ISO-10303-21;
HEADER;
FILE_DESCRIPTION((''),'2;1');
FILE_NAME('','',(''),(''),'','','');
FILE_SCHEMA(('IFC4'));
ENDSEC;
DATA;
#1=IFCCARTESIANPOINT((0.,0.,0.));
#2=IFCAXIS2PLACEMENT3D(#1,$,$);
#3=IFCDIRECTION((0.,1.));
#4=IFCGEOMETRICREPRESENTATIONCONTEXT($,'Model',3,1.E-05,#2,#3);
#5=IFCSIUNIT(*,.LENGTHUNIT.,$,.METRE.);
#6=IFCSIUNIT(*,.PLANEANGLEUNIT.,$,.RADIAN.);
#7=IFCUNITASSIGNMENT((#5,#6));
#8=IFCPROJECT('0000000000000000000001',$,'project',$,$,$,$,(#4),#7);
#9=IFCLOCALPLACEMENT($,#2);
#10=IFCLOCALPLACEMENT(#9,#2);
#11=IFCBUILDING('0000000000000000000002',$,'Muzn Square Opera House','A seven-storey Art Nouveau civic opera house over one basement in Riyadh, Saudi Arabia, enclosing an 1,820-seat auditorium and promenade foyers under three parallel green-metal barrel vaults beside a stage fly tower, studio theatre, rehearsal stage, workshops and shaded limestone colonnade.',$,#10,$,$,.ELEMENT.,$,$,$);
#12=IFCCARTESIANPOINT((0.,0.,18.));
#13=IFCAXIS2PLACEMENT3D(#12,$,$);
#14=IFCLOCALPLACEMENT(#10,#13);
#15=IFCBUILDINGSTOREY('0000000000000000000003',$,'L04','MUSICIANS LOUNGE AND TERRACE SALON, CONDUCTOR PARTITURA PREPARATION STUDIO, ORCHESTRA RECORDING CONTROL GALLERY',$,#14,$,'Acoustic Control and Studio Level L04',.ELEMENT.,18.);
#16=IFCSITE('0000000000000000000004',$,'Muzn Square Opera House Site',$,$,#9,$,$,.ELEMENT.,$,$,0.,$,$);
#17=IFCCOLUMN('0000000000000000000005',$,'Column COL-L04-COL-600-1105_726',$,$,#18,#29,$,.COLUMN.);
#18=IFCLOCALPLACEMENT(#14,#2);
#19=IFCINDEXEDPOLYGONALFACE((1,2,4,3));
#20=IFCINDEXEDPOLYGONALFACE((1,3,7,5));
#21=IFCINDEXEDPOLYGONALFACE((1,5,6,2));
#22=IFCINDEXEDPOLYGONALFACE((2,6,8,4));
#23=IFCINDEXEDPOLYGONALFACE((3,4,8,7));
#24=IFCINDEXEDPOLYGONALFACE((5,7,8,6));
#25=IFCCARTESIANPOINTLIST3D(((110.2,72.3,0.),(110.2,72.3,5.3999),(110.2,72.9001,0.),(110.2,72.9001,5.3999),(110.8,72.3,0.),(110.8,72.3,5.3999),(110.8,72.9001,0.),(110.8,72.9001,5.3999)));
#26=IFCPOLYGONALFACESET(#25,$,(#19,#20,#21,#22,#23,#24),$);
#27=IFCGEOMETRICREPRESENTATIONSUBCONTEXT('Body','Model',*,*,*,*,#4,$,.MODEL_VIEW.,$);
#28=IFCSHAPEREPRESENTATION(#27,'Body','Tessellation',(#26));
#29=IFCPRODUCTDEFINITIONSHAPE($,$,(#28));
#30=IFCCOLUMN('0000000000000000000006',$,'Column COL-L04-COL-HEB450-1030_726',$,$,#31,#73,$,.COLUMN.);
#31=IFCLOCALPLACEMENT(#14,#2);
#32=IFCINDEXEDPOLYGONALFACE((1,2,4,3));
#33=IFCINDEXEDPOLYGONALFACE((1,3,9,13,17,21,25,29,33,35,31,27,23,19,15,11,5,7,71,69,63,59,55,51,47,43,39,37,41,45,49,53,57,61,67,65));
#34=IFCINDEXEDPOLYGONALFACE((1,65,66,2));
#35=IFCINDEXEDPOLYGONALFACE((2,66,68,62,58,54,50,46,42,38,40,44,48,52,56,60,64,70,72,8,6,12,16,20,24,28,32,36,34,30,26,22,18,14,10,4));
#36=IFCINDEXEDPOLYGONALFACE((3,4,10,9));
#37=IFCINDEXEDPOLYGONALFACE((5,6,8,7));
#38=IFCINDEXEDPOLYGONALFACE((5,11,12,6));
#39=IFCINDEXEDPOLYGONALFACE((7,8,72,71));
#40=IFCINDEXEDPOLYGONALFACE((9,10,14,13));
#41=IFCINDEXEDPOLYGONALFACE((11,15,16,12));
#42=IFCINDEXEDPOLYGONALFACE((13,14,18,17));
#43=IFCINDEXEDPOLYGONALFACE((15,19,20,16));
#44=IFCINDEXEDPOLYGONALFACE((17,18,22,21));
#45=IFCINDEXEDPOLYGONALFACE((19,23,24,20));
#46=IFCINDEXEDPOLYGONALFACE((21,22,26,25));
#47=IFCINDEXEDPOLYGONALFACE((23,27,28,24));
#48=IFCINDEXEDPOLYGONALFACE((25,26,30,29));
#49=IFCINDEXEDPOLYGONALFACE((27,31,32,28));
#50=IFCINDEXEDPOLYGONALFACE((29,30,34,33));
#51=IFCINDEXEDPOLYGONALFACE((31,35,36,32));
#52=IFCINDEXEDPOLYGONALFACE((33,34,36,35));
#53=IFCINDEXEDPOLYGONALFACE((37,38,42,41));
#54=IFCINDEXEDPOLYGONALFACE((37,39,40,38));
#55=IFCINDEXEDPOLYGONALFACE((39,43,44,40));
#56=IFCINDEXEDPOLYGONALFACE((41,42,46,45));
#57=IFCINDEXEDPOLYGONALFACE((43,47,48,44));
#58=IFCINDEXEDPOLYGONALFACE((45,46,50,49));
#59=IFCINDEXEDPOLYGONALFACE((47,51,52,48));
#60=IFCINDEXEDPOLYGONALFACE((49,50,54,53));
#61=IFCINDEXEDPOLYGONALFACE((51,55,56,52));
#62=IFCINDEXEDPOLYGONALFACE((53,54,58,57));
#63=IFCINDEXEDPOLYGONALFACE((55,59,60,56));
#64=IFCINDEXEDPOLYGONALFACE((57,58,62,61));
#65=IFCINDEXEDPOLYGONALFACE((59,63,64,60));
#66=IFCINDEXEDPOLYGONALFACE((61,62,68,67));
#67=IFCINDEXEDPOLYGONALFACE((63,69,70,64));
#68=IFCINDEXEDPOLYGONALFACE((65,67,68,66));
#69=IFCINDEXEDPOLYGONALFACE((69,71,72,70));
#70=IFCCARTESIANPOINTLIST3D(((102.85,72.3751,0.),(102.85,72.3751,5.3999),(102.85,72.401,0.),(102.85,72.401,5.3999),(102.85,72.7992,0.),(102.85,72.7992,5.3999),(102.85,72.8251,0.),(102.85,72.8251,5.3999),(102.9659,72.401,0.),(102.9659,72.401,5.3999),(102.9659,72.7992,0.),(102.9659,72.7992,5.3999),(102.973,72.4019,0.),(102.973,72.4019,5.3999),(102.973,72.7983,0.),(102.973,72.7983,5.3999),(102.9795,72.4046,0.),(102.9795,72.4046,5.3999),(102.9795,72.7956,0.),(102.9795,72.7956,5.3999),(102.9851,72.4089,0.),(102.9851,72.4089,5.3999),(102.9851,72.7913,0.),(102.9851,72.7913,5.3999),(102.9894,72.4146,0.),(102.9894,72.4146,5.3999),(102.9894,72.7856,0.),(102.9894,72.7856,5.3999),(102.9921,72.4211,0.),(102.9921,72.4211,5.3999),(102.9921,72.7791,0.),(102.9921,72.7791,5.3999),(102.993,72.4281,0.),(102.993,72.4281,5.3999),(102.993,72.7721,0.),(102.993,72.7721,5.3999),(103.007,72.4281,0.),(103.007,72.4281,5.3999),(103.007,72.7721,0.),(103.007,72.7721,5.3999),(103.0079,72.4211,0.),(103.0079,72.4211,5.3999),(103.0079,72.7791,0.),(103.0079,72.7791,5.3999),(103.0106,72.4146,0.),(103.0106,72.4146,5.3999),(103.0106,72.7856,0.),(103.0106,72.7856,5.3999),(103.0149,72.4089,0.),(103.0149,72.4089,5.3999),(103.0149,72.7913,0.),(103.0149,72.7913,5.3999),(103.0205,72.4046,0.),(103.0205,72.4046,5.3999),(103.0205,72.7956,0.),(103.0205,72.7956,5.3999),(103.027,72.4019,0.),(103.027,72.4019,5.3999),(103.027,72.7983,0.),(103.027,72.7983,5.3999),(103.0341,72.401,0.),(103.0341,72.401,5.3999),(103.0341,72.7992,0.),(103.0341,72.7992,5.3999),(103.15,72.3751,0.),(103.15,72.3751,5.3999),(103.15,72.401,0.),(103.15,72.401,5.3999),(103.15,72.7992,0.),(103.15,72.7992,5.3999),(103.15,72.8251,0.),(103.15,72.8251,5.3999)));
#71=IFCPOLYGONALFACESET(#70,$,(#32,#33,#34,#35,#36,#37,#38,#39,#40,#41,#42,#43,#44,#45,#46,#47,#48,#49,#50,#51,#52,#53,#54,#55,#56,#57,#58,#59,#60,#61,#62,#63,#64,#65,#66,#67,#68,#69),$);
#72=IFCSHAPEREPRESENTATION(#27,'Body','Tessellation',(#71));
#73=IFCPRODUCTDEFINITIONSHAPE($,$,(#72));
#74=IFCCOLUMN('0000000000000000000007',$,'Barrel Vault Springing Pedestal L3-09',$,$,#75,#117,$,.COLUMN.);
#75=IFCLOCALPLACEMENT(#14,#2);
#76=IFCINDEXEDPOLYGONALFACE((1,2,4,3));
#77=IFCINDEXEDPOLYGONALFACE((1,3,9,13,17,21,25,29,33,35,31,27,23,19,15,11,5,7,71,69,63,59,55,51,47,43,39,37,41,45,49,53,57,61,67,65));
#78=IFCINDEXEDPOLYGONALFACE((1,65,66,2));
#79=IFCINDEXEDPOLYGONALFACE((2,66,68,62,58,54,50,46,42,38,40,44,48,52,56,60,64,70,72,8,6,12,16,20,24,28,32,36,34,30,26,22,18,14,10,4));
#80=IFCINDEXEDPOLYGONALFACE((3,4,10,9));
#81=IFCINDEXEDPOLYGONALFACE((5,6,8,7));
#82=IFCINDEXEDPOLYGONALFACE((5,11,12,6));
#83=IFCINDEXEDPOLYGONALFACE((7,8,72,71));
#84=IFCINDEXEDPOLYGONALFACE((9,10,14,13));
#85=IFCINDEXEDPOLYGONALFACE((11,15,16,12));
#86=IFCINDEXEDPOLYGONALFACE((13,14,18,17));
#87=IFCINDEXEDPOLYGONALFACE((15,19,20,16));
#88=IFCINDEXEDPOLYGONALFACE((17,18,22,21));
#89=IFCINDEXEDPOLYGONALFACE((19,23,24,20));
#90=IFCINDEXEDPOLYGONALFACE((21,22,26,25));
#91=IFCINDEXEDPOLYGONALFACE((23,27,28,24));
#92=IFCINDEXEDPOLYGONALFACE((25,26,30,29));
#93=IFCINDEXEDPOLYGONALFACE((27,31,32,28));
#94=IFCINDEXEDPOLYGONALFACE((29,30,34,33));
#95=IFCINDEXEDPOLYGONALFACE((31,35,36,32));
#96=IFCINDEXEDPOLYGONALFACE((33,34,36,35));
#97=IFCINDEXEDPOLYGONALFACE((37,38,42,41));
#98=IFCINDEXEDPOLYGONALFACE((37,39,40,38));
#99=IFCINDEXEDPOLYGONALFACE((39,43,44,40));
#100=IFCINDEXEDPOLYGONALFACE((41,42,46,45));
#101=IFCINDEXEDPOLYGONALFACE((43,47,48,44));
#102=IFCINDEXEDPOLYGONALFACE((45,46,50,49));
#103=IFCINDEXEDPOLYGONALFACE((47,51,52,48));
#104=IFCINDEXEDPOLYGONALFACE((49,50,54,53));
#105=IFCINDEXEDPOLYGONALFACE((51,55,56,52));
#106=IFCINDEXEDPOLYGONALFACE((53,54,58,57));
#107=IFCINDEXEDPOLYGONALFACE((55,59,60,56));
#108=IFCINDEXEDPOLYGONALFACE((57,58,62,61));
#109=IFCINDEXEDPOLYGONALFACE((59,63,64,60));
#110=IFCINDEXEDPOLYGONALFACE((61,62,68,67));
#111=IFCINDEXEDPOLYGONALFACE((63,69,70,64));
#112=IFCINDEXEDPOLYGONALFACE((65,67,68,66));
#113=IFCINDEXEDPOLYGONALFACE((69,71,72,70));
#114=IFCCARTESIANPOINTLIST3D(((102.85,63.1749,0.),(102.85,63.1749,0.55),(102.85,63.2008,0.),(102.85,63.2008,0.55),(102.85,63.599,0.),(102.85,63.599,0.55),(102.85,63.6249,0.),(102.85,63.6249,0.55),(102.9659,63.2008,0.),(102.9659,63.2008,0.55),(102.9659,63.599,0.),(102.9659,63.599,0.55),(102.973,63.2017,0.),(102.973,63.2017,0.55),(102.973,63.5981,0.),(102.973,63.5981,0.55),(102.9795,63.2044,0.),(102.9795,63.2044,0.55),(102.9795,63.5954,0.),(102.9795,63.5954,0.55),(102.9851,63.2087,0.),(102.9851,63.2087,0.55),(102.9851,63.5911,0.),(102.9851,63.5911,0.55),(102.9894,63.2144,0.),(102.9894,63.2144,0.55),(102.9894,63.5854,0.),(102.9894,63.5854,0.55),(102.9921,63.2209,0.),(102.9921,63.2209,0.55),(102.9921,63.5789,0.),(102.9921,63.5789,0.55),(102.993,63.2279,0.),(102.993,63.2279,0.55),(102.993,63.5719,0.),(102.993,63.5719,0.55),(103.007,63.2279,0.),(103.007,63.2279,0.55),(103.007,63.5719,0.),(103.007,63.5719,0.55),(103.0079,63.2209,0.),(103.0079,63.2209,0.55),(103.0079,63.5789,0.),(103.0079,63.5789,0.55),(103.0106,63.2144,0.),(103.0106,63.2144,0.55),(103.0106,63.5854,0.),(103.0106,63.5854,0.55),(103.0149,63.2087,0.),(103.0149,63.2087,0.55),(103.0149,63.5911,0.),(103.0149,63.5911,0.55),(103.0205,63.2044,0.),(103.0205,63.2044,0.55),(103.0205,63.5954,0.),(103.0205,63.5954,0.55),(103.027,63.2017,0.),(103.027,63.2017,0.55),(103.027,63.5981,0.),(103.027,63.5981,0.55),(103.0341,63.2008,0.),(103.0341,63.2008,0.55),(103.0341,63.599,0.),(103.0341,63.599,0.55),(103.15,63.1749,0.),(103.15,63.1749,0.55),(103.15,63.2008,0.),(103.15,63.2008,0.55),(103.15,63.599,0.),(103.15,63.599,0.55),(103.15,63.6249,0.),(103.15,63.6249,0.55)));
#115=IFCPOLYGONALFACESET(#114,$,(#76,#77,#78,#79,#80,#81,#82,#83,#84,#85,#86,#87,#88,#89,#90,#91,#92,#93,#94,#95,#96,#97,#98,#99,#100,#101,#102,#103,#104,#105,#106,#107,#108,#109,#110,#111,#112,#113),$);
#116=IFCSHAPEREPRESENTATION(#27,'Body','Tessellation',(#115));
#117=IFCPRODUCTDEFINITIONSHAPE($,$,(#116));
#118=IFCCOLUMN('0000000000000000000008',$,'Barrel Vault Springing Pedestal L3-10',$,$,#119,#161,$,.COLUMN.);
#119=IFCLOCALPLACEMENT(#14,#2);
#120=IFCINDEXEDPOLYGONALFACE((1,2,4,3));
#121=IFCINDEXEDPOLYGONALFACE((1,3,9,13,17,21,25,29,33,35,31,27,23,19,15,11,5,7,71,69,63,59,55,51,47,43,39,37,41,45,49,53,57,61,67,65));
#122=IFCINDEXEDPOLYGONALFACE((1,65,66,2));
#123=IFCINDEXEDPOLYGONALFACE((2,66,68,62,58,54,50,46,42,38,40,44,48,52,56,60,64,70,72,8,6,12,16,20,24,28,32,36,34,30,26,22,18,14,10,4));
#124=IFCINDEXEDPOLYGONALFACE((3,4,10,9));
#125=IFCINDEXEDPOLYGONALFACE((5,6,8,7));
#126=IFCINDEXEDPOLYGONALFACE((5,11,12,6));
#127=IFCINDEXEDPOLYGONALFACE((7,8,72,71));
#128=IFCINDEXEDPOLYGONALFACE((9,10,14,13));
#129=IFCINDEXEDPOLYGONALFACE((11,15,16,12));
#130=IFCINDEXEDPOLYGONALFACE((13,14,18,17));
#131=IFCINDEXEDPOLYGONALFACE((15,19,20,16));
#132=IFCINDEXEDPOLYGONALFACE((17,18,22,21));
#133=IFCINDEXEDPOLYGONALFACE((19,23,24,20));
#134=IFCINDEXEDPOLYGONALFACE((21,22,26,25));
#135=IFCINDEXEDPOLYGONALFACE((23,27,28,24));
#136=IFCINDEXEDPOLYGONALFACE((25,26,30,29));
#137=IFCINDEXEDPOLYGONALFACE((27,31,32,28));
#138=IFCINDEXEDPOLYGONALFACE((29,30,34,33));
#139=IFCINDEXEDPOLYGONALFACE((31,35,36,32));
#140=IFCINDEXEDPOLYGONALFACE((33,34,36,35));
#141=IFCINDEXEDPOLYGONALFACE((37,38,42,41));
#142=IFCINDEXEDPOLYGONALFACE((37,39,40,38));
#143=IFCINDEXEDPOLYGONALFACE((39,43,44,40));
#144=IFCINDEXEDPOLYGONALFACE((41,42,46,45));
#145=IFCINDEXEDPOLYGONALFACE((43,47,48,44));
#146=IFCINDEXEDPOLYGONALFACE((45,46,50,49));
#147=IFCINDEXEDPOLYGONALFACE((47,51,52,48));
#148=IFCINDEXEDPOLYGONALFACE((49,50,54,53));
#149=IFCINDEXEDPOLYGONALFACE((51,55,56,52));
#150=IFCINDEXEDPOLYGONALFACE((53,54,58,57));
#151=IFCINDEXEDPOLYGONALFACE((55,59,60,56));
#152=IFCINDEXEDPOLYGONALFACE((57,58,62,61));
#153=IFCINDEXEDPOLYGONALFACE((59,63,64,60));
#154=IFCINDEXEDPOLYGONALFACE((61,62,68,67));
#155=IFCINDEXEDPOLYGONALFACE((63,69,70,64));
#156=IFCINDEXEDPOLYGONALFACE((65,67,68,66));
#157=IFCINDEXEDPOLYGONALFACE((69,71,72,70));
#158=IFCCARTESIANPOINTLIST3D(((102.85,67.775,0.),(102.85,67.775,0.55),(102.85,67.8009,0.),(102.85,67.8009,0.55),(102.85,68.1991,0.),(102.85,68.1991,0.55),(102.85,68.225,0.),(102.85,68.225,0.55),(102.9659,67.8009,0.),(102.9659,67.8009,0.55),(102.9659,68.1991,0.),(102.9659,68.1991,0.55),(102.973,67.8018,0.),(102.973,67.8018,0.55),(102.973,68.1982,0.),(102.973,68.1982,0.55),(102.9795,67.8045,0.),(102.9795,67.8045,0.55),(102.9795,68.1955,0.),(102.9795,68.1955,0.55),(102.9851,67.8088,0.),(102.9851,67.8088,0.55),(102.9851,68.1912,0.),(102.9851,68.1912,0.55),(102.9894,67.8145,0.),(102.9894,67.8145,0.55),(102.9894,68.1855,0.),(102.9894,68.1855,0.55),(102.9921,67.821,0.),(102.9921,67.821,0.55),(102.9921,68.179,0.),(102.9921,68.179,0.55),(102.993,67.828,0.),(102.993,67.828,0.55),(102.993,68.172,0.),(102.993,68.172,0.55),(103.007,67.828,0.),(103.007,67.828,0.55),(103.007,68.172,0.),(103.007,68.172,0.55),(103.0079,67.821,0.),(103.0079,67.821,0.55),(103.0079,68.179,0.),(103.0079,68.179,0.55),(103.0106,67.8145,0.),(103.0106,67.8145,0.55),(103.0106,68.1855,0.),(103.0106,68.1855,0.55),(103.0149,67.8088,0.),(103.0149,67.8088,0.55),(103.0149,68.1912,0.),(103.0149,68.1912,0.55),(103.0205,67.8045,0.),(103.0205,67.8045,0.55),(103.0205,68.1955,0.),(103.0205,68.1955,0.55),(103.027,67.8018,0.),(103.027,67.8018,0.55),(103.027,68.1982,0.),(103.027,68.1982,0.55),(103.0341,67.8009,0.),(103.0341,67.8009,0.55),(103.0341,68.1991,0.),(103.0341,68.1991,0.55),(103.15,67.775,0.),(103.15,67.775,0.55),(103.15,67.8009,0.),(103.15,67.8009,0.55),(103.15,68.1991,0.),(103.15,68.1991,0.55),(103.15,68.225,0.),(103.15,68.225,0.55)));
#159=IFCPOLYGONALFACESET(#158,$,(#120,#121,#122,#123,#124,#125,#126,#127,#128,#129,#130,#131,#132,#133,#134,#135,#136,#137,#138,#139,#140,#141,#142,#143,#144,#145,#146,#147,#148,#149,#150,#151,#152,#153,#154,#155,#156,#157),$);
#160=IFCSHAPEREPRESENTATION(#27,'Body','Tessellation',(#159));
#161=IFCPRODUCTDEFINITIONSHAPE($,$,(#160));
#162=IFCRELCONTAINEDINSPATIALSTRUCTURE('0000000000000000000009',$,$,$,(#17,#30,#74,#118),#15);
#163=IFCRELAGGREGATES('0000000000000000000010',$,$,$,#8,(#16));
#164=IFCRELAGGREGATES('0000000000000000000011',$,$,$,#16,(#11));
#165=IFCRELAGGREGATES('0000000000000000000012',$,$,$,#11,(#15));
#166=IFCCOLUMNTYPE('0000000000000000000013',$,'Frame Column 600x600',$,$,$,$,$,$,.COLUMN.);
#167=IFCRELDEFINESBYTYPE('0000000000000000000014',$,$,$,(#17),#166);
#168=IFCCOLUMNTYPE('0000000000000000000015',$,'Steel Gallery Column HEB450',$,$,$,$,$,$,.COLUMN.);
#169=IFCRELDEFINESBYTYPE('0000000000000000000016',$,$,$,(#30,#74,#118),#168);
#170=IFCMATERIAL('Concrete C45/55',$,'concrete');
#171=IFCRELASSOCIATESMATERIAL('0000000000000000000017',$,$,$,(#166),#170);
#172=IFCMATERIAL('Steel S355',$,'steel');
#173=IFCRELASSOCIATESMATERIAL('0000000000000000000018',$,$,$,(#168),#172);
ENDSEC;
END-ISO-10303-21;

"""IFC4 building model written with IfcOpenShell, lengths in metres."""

from ifc_helpers import new_model, si_unit, direction, frame, origin, origin_2d, place, context, subcontext, project, spatial, rectangle, i_section, extrude, material, material_profile, profile_set, type_object, element, save


model = new_model("IFC4")

# Units and contexts
model_context = context("Model", 3, precision=1e-05, world=origin(), true_north=direction((0.0, 1.0)))
body_context = subcontext(model_context, "Body", "Model", "MODEL_VIEW")
ifc_project = project(units=[si_unit("LENGTHUNIT", "METRE"), si_unit("PLANEANGLEUNIT", "RADIAN")], contexts=[model_context])

# Site, building, storey
site_placement = place(None, origin())
site = spatial("IfcSite", under=ifc_project, at=site_placement, Name="Muzn Square Opera House Site", CompositionType="ELEMENT", RefElevation=0.0)
building_placement = place(site_placement, origin())
building = spatial("IfcBuilding", under=site, at=building_placement, Name="Muzn Square Opera House", Description="A seven-storey Art Nouveau civic opera house over one basement in Riyadh, Saudi Arabia, enclosing an 1,820-seat auditorium and promenade foyers under three parallel green-metal barrel vaults beside a stage fly tower, studio theatre, rehearsal stage, workshops and shaded limestone colonnade.", CompositionType="ELEMENT")
storey_placement = place(building_placement, frame((0.0, 0.0, 18.0)))
storey = spatial("IfcBuildingStorey", under=building, at=storey_placement, Name="L04", Description="MUSICIANS LOUNGE AND TERRACE SALON, CONDUCTOR PARTITURA PREPARATION STUDIO, ORCHESTRA RECORDING CONTROL GALLERY", LongName="Acoustic Control and Studio Level L04", CompositionType="ELEMENT", Elevation=18.0)

# Columns
ifc_material_1 = material(Name="Concrete C45/55", Category="concrete")
ifc_material_profile_1 = material_profile(ifc_material_1, rectangle(XDim=0.6001, YDim=0.6001, at=origin_2d()), Name="RC 600x600", Category="concrete")
ifc_profile_set_1 = profile_set([ifc_material_profile_1], Name="Concrete C45/55")
column_type_1 = type_object("IfcColumnType", Name="Frame Column 600x600", PredefinedType="COLUMN", material=ifc_profile_set_1)
column_1_placement = place(storey_placement, frame((110.5, 72.6001, 0.0), z_axis=(0.0, 0.0, 1.0), x_axis=(1.0, 0.0, 0.0)))
element("IfcColumn", 1, at=column_1_placement, inside=storey, type_object=column_type_1, Name="Column COL-L04-COL-600-1105_726", PredefinedType="COLUMN", context=body_context, shape_type="SweptSolid", body=[
    extrude(rectangle(XDim=0.6001, YDim=0.6001, at=origin_2d()), origin(), (0.0, 0.0, 1.0), 5.3999),
])
ifc_material_2 = material(Name="Steel S355", Category="steel")
ifc_material_profile_2 = material_profile(ifc_material_2, i_section(OverallWidth=0.3, OverallDepth=0.45, WebThickness=0.0139, FlangeThickness=0.0259, FilletRadius=0.0271, at=origin_2d()), Name="HEB 450", Category="steel")
ifc_profile_set_2 = profile_set([ifc_material_profile_2], Name="Steel S355")
column_type_2 = type_object("IfcColumnType", Name="Steel Gallery Column HEB450", PredefinedType="COLUMN", material=ifc_profile_set_2)
column_2_placement = place(storey_placement, frame((103.0, 72.6001, 0.0), z_axis=(0.0, 0.0, 1.0), x_axis=(1.0, 0.0, 0.0)))
element("IfcColumn", 2, at=column_2_placement, inside=storey, type_object=column_type_2, Name="Column COL-L04-COL-HEB450-1030_726", PredefinedType="COLUMN", context=body_context, shape_type="SweptSolid", body=[
    extrude(i_section(OverallWidth=0.3, OverallDepth=0.45, WebThickness=0.0139, FlangeThickness=0.0259, FilletRadius=0.0271, at=origin_2d()), origin(), (0.0, 0.0, 1.0), 5.3999),
])
for number, where, z_axis, x_axis, name in (
    (3, (103.0, 63.3999, 0.0), (0.0, 0.0, 1.0), (1.0, 0.0, 0.0), "Barrel Vault Springing Pedestal L3-09"),
    (4, (103.0, 68.0, 0.0), (0.0, 0.0, 1.0), (1.0, 0.0, 0.0), "Barrel Vault Springing Pedestal L3-10"),
):
    element("IfcColumn", number, at=place(storey_placement, frame(where, z_axis=z_axis, x_axis=x_axis)), inside=storey, type_object=column_type_2, Name=name, PredefinedType="COLUMN", context=body_context, shape_type="SweptSolid", body=[
        extrude(i_section(OverallWidth=0.3, OverallDepth=0.45, WebThickness=0.0139, FlangeThickness=0.0259, FilletRadius=0.0271, at=origin_2d()), origin(), (0.0, 0.0, 1.0), 0.55),
    ])

save(model, "model.ifc")
